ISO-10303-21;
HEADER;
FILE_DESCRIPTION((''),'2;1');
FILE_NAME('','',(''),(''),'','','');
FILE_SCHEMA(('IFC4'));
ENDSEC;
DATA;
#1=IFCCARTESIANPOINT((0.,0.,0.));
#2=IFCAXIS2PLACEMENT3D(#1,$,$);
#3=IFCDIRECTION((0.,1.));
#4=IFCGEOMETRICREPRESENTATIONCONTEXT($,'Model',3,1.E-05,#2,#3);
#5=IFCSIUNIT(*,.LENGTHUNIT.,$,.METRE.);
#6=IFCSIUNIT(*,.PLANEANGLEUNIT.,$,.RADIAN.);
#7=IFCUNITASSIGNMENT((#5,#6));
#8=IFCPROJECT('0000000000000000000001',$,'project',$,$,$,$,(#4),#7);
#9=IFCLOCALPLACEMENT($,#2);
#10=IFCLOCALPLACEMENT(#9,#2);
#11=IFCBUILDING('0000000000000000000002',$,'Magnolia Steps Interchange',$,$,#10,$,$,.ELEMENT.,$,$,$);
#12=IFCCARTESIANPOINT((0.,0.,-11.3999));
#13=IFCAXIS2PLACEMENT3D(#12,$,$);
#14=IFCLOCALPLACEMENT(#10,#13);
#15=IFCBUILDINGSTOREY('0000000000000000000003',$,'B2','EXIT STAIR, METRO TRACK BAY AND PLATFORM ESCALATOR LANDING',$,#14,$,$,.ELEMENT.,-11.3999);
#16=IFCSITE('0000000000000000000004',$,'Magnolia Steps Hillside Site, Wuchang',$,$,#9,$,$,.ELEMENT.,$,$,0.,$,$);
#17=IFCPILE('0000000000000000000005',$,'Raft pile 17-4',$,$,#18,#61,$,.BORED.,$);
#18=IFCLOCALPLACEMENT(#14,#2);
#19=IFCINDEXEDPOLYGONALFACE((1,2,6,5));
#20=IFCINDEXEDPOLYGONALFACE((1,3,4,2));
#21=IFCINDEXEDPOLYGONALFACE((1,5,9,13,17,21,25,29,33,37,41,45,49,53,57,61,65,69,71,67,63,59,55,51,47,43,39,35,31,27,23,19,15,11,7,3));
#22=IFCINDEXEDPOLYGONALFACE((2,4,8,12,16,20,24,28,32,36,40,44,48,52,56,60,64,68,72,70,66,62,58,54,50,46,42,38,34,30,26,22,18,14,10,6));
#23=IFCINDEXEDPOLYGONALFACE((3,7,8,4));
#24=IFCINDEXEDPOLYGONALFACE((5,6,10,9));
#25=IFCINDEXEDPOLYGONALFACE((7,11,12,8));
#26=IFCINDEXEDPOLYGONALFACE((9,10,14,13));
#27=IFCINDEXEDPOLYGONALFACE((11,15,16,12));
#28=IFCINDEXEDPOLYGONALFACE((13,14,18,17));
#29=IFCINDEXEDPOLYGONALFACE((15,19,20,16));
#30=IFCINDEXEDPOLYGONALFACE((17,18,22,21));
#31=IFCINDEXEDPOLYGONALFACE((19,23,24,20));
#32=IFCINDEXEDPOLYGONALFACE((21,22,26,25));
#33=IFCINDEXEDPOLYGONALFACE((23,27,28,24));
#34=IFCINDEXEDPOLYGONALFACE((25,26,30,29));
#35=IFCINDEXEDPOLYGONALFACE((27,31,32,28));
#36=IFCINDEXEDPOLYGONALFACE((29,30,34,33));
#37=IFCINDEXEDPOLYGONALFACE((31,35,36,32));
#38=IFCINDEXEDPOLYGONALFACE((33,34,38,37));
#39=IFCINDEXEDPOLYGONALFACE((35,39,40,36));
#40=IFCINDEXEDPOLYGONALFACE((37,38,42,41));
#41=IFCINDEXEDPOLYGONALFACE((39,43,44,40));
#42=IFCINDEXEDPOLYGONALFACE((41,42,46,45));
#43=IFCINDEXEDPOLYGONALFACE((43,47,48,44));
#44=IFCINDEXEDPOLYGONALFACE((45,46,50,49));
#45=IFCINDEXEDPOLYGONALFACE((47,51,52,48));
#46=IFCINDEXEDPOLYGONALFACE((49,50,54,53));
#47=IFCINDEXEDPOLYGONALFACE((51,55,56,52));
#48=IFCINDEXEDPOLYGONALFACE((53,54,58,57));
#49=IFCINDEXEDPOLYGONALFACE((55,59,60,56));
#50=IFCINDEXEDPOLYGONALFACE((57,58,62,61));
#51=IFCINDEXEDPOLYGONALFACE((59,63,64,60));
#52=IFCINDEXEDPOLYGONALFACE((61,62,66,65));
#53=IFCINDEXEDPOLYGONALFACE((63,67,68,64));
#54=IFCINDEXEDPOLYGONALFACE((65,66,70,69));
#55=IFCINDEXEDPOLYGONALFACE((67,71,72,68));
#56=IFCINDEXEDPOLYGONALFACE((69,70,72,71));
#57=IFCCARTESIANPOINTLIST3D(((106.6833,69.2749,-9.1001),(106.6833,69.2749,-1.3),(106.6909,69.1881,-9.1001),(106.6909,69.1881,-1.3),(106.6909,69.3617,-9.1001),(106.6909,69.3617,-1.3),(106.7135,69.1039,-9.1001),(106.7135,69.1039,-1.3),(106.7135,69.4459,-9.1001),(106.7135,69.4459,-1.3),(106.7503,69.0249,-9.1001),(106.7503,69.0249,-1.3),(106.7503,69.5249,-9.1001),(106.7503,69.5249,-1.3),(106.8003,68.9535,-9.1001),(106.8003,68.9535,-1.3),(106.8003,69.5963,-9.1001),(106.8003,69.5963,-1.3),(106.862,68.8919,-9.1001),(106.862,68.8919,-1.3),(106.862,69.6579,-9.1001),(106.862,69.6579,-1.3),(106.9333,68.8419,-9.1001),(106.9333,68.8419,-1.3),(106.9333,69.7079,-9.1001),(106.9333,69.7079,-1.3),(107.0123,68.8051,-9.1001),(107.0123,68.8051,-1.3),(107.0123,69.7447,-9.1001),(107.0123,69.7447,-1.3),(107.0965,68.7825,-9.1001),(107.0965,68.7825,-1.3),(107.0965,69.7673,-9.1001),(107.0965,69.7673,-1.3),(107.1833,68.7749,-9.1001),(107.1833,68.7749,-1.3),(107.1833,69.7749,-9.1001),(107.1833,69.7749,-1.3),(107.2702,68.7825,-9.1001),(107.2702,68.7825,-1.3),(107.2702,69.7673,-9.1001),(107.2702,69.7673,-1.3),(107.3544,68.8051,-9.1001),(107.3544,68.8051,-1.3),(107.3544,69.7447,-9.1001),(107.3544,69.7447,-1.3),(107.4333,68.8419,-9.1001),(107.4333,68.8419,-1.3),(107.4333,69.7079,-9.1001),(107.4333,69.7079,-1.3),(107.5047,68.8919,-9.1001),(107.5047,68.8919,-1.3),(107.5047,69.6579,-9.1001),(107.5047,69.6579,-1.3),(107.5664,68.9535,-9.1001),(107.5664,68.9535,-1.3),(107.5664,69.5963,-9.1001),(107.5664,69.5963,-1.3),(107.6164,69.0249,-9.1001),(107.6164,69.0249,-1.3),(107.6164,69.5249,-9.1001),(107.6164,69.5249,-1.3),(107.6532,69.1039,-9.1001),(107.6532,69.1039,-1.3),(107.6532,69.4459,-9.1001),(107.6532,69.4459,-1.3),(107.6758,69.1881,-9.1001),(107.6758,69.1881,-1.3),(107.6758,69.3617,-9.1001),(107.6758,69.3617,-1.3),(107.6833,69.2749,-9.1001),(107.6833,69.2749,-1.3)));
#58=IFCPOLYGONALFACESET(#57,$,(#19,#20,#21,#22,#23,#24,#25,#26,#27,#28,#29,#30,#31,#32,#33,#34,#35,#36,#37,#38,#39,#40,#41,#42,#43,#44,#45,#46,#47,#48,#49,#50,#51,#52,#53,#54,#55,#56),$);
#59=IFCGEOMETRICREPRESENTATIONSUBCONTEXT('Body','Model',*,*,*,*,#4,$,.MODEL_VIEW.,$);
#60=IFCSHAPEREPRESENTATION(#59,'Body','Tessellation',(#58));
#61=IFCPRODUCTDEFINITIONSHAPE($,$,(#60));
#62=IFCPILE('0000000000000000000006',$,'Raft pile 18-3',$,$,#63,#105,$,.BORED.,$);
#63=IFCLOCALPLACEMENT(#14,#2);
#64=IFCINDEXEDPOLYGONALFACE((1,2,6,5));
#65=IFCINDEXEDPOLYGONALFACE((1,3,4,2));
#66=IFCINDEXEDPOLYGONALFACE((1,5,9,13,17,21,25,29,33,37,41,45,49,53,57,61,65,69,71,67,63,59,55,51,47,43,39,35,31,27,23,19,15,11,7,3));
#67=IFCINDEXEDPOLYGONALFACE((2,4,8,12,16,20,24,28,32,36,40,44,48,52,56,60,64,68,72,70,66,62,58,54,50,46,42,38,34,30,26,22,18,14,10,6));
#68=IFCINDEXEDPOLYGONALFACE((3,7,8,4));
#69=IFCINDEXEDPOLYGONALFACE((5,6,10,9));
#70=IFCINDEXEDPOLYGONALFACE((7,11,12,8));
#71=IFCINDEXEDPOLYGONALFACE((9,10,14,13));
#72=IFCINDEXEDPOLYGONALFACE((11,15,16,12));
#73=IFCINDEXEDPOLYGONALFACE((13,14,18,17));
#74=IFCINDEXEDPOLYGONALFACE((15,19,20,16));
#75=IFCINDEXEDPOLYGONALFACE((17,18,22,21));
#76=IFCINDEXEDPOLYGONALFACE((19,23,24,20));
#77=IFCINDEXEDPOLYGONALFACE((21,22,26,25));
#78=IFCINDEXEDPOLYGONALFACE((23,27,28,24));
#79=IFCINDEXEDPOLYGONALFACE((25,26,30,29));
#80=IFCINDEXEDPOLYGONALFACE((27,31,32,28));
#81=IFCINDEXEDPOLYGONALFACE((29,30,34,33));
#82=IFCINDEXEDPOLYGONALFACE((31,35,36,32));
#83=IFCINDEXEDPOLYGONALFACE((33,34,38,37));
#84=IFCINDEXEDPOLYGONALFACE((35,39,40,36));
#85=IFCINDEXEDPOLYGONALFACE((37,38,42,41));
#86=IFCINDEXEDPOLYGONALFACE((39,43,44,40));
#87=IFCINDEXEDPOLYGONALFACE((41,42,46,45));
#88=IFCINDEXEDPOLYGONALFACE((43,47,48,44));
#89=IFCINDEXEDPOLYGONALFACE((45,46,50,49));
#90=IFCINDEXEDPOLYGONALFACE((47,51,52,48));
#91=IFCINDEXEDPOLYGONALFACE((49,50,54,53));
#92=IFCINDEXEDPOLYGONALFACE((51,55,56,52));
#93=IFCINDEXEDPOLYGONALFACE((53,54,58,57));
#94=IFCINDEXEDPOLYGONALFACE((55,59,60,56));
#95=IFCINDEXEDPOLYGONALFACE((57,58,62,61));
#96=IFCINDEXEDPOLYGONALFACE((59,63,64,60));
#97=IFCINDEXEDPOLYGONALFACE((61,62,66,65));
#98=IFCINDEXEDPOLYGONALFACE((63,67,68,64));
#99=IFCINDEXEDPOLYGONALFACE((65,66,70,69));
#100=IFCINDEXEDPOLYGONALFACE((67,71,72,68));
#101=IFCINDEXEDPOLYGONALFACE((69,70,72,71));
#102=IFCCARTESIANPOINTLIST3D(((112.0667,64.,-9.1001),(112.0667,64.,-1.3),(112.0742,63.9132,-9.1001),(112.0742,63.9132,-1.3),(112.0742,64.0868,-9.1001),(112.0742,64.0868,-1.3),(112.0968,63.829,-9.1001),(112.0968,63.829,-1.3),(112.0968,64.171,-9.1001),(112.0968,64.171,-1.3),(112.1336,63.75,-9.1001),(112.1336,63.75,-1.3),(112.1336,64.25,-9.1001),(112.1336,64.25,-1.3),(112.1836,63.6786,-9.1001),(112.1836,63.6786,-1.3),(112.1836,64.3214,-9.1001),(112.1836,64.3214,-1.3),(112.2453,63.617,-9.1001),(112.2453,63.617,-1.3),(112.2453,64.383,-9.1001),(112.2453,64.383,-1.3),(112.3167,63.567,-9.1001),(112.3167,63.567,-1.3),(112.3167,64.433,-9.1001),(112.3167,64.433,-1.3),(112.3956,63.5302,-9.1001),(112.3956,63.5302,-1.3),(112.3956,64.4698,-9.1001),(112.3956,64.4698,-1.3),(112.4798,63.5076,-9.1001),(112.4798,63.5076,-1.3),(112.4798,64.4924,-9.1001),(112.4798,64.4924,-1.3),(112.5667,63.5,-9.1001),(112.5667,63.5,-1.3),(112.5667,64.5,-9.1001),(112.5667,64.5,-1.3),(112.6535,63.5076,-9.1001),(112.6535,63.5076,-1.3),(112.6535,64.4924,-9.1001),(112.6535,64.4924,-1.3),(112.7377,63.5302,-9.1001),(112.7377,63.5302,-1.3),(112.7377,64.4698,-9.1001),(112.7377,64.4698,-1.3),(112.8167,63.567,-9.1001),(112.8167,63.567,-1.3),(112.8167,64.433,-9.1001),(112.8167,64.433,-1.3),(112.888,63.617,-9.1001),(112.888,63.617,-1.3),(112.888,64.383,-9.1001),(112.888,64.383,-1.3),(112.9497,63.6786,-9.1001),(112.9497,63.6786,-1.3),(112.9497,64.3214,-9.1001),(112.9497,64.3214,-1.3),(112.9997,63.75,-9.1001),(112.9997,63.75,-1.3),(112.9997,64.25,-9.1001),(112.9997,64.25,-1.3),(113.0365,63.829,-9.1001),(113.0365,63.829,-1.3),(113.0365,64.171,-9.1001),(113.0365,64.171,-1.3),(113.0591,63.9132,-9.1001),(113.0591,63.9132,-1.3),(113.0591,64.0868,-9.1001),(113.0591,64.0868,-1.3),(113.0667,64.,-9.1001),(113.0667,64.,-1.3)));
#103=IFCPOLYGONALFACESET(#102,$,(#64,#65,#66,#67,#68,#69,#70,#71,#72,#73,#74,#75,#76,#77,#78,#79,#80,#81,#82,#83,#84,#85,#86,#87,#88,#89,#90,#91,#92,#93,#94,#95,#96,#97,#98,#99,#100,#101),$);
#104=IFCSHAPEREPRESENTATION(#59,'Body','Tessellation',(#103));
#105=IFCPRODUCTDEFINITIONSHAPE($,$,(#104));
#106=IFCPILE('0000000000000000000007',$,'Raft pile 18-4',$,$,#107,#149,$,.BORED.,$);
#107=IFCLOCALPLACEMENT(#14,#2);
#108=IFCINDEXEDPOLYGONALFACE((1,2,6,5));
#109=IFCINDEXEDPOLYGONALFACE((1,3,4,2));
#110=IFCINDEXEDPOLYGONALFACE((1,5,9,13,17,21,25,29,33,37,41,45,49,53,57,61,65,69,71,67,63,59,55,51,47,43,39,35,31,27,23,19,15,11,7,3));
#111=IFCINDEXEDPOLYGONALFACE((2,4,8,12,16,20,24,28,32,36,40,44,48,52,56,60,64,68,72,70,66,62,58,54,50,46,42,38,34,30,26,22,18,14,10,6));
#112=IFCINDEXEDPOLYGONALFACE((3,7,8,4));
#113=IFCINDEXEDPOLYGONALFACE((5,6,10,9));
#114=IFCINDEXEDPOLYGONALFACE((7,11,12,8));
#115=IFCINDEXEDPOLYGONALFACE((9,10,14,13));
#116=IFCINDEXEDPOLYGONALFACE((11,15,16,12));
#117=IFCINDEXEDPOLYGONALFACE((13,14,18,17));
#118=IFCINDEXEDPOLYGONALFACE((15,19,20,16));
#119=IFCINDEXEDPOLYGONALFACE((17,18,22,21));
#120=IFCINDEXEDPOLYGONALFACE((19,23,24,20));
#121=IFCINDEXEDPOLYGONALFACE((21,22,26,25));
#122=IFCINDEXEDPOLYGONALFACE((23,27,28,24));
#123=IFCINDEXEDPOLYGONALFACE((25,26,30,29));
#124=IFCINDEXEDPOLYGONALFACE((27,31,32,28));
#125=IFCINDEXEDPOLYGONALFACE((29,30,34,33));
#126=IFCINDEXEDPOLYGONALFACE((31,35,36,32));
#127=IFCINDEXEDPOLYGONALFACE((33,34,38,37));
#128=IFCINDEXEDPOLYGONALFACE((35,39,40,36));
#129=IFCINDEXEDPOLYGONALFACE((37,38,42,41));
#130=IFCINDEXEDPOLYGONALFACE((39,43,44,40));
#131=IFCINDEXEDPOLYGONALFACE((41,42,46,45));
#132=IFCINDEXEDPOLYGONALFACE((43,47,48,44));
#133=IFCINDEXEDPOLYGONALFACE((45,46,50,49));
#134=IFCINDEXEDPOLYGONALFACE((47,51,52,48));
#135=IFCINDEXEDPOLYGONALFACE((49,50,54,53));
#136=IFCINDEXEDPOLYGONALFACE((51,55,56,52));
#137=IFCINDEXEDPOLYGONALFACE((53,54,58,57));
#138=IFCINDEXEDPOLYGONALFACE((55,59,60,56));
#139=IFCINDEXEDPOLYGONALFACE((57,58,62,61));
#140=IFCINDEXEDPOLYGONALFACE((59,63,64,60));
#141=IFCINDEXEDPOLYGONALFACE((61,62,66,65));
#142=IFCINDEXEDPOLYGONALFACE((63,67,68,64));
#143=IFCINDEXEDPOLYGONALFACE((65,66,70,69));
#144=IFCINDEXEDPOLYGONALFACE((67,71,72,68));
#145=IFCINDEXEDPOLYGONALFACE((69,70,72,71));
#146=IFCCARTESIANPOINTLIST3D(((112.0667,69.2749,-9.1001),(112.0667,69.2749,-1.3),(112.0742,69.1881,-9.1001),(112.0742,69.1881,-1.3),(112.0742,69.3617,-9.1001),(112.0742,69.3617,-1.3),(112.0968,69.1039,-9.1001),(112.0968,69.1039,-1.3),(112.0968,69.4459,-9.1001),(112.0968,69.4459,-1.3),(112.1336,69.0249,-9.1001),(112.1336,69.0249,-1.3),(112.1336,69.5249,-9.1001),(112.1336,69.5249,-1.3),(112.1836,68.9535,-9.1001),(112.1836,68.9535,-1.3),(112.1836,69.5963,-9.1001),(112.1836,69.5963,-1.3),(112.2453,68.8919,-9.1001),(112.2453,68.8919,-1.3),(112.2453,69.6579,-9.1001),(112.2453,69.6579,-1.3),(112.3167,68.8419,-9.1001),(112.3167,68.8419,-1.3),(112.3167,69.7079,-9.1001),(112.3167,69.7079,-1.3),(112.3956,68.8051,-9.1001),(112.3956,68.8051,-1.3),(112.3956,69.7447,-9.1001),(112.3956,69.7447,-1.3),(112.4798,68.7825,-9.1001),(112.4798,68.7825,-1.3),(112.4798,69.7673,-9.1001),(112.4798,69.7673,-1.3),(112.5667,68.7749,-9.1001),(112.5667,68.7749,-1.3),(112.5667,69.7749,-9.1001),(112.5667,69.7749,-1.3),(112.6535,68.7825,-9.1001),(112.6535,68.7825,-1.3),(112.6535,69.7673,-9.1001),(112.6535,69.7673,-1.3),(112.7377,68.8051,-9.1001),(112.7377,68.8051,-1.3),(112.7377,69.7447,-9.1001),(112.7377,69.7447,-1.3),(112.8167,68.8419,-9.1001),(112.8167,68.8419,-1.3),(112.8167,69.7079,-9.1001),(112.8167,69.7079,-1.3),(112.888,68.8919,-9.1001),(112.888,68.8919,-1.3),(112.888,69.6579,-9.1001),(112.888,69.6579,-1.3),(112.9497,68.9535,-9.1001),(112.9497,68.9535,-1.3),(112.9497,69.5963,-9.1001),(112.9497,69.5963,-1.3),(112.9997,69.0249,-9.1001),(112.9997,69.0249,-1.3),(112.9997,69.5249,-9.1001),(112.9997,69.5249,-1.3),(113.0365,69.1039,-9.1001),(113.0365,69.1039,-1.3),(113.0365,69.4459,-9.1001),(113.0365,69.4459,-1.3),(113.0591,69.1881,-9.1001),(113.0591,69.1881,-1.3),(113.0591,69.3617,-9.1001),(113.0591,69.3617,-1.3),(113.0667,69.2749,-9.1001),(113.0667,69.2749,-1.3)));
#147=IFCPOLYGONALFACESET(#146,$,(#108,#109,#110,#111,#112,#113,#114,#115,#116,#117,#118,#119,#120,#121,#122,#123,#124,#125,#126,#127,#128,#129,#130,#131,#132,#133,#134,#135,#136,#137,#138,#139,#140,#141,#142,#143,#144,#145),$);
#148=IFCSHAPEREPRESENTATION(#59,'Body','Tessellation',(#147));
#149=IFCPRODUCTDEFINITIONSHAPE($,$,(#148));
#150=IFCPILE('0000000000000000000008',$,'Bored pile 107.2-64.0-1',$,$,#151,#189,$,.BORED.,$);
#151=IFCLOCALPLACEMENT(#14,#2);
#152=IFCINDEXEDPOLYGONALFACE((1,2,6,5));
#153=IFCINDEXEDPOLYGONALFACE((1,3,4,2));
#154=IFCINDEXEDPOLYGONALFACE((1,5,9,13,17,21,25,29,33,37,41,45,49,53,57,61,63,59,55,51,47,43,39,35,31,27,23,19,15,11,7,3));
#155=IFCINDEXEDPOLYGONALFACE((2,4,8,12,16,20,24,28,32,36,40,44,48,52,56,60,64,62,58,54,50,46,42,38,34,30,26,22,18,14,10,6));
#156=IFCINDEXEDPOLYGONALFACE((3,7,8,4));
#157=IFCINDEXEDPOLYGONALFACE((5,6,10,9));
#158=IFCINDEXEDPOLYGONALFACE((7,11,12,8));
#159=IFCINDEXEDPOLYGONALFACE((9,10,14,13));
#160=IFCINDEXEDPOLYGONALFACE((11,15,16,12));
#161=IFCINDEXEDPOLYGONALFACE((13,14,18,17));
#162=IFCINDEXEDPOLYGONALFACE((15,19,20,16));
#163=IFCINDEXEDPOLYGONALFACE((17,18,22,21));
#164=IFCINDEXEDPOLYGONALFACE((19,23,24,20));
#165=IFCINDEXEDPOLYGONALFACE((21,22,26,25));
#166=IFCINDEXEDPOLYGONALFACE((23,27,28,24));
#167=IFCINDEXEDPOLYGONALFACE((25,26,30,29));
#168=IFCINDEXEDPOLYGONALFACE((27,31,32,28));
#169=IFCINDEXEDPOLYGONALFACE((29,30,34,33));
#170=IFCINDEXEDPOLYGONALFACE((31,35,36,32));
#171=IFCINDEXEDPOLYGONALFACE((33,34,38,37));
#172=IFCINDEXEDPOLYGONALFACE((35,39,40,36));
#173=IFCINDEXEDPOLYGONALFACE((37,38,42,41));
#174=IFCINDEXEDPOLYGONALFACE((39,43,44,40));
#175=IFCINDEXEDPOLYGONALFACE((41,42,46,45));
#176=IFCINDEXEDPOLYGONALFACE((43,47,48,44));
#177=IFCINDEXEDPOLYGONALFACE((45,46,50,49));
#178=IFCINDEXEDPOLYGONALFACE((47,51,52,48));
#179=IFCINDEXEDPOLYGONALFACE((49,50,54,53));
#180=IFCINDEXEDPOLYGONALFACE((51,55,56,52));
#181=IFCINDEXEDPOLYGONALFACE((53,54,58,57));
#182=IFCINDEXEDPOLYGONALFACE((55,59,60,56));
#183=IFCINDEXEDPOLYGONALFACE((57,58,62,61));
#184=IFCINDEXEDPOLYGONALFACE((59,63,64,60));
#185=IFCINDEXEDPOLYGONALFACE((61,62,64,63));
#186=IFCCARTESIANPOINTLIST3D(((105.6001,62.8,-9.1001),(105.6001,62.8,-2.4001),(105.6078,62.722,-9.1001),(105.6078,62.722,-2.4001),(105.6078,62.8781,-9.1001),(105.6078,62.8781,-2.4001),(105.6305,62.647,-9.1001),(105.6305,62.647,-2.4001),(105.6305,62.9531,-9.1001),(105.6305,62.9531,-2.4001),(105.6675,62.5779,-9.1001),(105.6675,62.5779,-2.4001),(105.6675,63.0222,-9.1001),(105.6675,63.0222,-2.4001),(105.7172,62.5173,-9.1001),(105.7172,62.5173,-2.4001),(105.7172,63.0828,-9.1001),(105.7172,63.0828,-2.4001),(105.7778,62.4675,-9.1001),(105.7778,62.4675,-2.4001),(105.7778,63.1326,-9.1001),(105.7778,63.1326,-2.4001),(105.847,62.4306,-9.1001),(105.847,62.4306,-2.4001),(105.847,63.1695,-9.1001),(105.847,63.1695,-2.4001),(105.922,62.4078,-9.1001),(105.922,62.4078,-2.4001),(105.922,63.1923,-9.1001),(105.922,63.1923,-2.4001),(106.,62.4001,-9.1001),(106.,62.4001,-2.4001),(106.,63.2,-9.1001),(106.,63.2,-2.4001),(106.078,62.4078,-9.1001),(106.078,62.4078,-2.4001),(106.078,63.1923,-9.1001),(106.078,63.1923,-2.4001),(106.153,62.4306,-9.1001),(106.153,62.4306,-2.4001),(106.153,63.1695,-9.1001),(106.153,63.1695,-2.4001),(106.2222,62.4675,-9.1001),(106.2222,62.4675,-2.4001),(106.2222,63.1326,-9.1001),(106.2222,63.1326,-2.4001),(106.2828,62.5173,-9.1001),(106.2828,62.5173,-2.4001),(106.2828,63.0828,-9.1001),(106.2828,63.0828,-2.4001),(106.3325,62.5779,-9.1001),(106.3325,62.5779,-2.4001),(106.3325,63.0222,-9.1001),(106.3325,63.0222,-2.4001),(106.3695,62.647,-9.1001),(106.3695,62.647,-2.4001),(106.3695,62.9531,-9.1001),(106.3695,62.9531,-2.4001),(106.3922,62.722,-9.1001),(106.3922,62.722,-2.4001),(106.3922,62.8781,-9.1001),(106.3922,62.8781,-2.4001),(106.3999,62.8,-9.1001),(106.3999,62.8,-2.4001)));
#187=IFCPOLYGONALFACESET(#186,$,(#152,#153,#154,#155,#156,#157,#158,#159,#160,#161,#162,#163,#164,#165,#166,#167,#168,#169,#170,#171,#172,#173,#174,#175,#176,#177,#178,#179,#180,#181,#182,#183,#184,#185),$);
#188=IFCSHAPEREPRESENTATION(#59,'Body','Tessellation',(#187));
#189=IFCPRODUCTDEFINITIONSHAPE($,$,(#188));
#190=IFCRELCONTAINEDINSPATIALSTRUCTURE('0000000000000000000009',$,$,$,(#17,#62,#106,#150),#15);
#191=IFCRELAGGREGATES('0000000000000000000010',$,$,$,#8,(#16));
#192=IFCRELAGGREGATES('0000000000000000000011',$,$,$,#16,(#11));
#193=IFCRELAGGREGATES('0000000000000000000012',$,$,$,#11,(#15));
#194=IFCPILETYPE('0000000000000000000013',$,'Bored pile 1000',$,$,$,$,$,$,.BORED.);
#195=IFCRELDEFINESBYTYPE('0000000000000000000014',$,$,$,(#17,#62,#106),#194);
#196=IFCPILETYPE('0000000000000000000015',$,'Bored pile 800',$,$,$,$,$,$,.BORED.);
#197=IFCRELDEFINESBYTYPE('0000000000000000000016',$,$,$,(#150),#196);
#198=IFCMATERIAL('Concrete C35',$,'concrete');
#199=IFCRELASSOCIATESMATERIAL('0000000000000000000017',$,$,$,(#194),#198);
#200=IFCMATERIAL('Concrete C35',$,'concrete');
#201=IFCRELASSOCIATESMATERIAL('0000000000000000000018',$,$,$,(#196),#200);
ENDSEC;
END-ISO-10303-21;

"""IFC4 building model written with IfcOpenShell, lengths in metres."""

from ifc_helpers import new_model, si_unit, direction, frame, origin, origin_2d, place, context, subcontext, project, spatial, circle, extrude, material, material_profile, profile_set, type_object, element, save


model = new_model("IFC4")

# Units and contexts
model_context = context("Model", 3, precision=1e-05, world=origin(), true_north=direction((0.0, 1.0)))
body_context = subcontext(model_context, "Body", "Model", "MODEL_VIEW")
ifc_project = project(units=[si_unit("LENGTHUNIT", "METRE"), si_unit("PLANEANGLEUNIT", "RADIAN")], contexts=[model_context])

# Site, building, storey
site_placement = place(None, origin())
site = spatial("IfcSite", under=ifc_project, at=site_placement, Name="Magnolia Steps Hillside Site, Wuchang", CompositionType="ELEMENT", RefElevation=0.0)
building_placement = place(site_placement, origin())
building = spatial("IfcBuilding", under=site, at=building_placement, Name="Magnolia Steps Interchange", CompositionType="ELEMENT")
storey_placement = place(building_placement, frame((0.0, 0.0, -11.3999)))
storey = spatial("IfcBuildingStorey", under=building, at=storey_placement, Name="B2", Description="EXIT STAIR, METRO TRACK BAY AND PLATFORM ESCALATOR LANDING", CompositionType="ELEMENT", Elevation=-11.3999)

# Piles
ifc_material_1 = material(Name="Concrete C35", Category="concrete")
ifc_material_profile_1 = material_profile(ifc_material_1, circle(Radius=0.5, at=origin_2d()), Name="Bored pile 1000")
ifc_profile_set_1 = profile_set([ifc_material_profile_1], Name="Concrete C35")
pile_type_1 = type_object("IfcPileType", Name="Bored pile 1000", PredefinedType="BORED", material=ifc_profile_set_1)
for number, where, z_axis, x_axis, name in (
    (1, (107.1833, 69.2749, -1.3), (0.0, 0.0, -1.0), (1.0, 0.0, 0.0), "Raft pile 17-4"),
    (2, (112.5667, 64.0, -1.3), (0.0, 0.0, -1.0), (1.0, 0.0, 0.0), "Raft pile 18-3"),
    (3, (112.5667, 69.2749, -1.3), (0.0, 0.0, -1.0), (1.0, 0.0, 0.0), "Raft pile 18-4"),
):
    element("IfcPile", number, at=place(storey_placement, frame(where, z_axis=z_axis, x_axis=x_axis)), inside=storey, type_object=pile_type_1, Name=name, PredefinedType="BORED", context=body_context, shape_type="SweptSolid", body=[
        extrude(circle(Radius=0.5, at=origin_2d()), origin(), (0.0, 0.0, 1.0), 7.8),
    ])
ifc_material_2 = material(Name="Concrete C35", Category="concrete")
ifc_material_profile_2 = material_profile(ifc_material_2, circle(Radius=0.3999, at=origin_2d()), Name="Bored pile 800")
ifc_profile_set_2 = profile_set([ifc_material_profile_2], Name="Concrete C35")
pile_type_2 = type_object("IfcPileType", Name="Bored pile 800", PredefinedType="BORED", material=ifc_profile_set_2)
for number, where, z_axis, x_axis, name in (
    (4, (106.0, 62.8, -2.4001), (0.0, 0.0, -1.0), (1.0, 0.0, 0.0), "Bored pile 107.2-64.0-1"),
):
    element("IfcPile", number, at=place(storey_placement, frame(where, z_axis=z_axis, x_axis=x_axis)), inside=storey, type_object=pile_type_2, Name=name, PredefinedType="BORED", context=body_context, shape_type="SweptSolid", body=[
        extrude(circle(Radius=0.3999, at=origin_2d()), origin(), (0.0, 0.0, 1.0), 6.7),
    ])

save(model, "model.ifc")
